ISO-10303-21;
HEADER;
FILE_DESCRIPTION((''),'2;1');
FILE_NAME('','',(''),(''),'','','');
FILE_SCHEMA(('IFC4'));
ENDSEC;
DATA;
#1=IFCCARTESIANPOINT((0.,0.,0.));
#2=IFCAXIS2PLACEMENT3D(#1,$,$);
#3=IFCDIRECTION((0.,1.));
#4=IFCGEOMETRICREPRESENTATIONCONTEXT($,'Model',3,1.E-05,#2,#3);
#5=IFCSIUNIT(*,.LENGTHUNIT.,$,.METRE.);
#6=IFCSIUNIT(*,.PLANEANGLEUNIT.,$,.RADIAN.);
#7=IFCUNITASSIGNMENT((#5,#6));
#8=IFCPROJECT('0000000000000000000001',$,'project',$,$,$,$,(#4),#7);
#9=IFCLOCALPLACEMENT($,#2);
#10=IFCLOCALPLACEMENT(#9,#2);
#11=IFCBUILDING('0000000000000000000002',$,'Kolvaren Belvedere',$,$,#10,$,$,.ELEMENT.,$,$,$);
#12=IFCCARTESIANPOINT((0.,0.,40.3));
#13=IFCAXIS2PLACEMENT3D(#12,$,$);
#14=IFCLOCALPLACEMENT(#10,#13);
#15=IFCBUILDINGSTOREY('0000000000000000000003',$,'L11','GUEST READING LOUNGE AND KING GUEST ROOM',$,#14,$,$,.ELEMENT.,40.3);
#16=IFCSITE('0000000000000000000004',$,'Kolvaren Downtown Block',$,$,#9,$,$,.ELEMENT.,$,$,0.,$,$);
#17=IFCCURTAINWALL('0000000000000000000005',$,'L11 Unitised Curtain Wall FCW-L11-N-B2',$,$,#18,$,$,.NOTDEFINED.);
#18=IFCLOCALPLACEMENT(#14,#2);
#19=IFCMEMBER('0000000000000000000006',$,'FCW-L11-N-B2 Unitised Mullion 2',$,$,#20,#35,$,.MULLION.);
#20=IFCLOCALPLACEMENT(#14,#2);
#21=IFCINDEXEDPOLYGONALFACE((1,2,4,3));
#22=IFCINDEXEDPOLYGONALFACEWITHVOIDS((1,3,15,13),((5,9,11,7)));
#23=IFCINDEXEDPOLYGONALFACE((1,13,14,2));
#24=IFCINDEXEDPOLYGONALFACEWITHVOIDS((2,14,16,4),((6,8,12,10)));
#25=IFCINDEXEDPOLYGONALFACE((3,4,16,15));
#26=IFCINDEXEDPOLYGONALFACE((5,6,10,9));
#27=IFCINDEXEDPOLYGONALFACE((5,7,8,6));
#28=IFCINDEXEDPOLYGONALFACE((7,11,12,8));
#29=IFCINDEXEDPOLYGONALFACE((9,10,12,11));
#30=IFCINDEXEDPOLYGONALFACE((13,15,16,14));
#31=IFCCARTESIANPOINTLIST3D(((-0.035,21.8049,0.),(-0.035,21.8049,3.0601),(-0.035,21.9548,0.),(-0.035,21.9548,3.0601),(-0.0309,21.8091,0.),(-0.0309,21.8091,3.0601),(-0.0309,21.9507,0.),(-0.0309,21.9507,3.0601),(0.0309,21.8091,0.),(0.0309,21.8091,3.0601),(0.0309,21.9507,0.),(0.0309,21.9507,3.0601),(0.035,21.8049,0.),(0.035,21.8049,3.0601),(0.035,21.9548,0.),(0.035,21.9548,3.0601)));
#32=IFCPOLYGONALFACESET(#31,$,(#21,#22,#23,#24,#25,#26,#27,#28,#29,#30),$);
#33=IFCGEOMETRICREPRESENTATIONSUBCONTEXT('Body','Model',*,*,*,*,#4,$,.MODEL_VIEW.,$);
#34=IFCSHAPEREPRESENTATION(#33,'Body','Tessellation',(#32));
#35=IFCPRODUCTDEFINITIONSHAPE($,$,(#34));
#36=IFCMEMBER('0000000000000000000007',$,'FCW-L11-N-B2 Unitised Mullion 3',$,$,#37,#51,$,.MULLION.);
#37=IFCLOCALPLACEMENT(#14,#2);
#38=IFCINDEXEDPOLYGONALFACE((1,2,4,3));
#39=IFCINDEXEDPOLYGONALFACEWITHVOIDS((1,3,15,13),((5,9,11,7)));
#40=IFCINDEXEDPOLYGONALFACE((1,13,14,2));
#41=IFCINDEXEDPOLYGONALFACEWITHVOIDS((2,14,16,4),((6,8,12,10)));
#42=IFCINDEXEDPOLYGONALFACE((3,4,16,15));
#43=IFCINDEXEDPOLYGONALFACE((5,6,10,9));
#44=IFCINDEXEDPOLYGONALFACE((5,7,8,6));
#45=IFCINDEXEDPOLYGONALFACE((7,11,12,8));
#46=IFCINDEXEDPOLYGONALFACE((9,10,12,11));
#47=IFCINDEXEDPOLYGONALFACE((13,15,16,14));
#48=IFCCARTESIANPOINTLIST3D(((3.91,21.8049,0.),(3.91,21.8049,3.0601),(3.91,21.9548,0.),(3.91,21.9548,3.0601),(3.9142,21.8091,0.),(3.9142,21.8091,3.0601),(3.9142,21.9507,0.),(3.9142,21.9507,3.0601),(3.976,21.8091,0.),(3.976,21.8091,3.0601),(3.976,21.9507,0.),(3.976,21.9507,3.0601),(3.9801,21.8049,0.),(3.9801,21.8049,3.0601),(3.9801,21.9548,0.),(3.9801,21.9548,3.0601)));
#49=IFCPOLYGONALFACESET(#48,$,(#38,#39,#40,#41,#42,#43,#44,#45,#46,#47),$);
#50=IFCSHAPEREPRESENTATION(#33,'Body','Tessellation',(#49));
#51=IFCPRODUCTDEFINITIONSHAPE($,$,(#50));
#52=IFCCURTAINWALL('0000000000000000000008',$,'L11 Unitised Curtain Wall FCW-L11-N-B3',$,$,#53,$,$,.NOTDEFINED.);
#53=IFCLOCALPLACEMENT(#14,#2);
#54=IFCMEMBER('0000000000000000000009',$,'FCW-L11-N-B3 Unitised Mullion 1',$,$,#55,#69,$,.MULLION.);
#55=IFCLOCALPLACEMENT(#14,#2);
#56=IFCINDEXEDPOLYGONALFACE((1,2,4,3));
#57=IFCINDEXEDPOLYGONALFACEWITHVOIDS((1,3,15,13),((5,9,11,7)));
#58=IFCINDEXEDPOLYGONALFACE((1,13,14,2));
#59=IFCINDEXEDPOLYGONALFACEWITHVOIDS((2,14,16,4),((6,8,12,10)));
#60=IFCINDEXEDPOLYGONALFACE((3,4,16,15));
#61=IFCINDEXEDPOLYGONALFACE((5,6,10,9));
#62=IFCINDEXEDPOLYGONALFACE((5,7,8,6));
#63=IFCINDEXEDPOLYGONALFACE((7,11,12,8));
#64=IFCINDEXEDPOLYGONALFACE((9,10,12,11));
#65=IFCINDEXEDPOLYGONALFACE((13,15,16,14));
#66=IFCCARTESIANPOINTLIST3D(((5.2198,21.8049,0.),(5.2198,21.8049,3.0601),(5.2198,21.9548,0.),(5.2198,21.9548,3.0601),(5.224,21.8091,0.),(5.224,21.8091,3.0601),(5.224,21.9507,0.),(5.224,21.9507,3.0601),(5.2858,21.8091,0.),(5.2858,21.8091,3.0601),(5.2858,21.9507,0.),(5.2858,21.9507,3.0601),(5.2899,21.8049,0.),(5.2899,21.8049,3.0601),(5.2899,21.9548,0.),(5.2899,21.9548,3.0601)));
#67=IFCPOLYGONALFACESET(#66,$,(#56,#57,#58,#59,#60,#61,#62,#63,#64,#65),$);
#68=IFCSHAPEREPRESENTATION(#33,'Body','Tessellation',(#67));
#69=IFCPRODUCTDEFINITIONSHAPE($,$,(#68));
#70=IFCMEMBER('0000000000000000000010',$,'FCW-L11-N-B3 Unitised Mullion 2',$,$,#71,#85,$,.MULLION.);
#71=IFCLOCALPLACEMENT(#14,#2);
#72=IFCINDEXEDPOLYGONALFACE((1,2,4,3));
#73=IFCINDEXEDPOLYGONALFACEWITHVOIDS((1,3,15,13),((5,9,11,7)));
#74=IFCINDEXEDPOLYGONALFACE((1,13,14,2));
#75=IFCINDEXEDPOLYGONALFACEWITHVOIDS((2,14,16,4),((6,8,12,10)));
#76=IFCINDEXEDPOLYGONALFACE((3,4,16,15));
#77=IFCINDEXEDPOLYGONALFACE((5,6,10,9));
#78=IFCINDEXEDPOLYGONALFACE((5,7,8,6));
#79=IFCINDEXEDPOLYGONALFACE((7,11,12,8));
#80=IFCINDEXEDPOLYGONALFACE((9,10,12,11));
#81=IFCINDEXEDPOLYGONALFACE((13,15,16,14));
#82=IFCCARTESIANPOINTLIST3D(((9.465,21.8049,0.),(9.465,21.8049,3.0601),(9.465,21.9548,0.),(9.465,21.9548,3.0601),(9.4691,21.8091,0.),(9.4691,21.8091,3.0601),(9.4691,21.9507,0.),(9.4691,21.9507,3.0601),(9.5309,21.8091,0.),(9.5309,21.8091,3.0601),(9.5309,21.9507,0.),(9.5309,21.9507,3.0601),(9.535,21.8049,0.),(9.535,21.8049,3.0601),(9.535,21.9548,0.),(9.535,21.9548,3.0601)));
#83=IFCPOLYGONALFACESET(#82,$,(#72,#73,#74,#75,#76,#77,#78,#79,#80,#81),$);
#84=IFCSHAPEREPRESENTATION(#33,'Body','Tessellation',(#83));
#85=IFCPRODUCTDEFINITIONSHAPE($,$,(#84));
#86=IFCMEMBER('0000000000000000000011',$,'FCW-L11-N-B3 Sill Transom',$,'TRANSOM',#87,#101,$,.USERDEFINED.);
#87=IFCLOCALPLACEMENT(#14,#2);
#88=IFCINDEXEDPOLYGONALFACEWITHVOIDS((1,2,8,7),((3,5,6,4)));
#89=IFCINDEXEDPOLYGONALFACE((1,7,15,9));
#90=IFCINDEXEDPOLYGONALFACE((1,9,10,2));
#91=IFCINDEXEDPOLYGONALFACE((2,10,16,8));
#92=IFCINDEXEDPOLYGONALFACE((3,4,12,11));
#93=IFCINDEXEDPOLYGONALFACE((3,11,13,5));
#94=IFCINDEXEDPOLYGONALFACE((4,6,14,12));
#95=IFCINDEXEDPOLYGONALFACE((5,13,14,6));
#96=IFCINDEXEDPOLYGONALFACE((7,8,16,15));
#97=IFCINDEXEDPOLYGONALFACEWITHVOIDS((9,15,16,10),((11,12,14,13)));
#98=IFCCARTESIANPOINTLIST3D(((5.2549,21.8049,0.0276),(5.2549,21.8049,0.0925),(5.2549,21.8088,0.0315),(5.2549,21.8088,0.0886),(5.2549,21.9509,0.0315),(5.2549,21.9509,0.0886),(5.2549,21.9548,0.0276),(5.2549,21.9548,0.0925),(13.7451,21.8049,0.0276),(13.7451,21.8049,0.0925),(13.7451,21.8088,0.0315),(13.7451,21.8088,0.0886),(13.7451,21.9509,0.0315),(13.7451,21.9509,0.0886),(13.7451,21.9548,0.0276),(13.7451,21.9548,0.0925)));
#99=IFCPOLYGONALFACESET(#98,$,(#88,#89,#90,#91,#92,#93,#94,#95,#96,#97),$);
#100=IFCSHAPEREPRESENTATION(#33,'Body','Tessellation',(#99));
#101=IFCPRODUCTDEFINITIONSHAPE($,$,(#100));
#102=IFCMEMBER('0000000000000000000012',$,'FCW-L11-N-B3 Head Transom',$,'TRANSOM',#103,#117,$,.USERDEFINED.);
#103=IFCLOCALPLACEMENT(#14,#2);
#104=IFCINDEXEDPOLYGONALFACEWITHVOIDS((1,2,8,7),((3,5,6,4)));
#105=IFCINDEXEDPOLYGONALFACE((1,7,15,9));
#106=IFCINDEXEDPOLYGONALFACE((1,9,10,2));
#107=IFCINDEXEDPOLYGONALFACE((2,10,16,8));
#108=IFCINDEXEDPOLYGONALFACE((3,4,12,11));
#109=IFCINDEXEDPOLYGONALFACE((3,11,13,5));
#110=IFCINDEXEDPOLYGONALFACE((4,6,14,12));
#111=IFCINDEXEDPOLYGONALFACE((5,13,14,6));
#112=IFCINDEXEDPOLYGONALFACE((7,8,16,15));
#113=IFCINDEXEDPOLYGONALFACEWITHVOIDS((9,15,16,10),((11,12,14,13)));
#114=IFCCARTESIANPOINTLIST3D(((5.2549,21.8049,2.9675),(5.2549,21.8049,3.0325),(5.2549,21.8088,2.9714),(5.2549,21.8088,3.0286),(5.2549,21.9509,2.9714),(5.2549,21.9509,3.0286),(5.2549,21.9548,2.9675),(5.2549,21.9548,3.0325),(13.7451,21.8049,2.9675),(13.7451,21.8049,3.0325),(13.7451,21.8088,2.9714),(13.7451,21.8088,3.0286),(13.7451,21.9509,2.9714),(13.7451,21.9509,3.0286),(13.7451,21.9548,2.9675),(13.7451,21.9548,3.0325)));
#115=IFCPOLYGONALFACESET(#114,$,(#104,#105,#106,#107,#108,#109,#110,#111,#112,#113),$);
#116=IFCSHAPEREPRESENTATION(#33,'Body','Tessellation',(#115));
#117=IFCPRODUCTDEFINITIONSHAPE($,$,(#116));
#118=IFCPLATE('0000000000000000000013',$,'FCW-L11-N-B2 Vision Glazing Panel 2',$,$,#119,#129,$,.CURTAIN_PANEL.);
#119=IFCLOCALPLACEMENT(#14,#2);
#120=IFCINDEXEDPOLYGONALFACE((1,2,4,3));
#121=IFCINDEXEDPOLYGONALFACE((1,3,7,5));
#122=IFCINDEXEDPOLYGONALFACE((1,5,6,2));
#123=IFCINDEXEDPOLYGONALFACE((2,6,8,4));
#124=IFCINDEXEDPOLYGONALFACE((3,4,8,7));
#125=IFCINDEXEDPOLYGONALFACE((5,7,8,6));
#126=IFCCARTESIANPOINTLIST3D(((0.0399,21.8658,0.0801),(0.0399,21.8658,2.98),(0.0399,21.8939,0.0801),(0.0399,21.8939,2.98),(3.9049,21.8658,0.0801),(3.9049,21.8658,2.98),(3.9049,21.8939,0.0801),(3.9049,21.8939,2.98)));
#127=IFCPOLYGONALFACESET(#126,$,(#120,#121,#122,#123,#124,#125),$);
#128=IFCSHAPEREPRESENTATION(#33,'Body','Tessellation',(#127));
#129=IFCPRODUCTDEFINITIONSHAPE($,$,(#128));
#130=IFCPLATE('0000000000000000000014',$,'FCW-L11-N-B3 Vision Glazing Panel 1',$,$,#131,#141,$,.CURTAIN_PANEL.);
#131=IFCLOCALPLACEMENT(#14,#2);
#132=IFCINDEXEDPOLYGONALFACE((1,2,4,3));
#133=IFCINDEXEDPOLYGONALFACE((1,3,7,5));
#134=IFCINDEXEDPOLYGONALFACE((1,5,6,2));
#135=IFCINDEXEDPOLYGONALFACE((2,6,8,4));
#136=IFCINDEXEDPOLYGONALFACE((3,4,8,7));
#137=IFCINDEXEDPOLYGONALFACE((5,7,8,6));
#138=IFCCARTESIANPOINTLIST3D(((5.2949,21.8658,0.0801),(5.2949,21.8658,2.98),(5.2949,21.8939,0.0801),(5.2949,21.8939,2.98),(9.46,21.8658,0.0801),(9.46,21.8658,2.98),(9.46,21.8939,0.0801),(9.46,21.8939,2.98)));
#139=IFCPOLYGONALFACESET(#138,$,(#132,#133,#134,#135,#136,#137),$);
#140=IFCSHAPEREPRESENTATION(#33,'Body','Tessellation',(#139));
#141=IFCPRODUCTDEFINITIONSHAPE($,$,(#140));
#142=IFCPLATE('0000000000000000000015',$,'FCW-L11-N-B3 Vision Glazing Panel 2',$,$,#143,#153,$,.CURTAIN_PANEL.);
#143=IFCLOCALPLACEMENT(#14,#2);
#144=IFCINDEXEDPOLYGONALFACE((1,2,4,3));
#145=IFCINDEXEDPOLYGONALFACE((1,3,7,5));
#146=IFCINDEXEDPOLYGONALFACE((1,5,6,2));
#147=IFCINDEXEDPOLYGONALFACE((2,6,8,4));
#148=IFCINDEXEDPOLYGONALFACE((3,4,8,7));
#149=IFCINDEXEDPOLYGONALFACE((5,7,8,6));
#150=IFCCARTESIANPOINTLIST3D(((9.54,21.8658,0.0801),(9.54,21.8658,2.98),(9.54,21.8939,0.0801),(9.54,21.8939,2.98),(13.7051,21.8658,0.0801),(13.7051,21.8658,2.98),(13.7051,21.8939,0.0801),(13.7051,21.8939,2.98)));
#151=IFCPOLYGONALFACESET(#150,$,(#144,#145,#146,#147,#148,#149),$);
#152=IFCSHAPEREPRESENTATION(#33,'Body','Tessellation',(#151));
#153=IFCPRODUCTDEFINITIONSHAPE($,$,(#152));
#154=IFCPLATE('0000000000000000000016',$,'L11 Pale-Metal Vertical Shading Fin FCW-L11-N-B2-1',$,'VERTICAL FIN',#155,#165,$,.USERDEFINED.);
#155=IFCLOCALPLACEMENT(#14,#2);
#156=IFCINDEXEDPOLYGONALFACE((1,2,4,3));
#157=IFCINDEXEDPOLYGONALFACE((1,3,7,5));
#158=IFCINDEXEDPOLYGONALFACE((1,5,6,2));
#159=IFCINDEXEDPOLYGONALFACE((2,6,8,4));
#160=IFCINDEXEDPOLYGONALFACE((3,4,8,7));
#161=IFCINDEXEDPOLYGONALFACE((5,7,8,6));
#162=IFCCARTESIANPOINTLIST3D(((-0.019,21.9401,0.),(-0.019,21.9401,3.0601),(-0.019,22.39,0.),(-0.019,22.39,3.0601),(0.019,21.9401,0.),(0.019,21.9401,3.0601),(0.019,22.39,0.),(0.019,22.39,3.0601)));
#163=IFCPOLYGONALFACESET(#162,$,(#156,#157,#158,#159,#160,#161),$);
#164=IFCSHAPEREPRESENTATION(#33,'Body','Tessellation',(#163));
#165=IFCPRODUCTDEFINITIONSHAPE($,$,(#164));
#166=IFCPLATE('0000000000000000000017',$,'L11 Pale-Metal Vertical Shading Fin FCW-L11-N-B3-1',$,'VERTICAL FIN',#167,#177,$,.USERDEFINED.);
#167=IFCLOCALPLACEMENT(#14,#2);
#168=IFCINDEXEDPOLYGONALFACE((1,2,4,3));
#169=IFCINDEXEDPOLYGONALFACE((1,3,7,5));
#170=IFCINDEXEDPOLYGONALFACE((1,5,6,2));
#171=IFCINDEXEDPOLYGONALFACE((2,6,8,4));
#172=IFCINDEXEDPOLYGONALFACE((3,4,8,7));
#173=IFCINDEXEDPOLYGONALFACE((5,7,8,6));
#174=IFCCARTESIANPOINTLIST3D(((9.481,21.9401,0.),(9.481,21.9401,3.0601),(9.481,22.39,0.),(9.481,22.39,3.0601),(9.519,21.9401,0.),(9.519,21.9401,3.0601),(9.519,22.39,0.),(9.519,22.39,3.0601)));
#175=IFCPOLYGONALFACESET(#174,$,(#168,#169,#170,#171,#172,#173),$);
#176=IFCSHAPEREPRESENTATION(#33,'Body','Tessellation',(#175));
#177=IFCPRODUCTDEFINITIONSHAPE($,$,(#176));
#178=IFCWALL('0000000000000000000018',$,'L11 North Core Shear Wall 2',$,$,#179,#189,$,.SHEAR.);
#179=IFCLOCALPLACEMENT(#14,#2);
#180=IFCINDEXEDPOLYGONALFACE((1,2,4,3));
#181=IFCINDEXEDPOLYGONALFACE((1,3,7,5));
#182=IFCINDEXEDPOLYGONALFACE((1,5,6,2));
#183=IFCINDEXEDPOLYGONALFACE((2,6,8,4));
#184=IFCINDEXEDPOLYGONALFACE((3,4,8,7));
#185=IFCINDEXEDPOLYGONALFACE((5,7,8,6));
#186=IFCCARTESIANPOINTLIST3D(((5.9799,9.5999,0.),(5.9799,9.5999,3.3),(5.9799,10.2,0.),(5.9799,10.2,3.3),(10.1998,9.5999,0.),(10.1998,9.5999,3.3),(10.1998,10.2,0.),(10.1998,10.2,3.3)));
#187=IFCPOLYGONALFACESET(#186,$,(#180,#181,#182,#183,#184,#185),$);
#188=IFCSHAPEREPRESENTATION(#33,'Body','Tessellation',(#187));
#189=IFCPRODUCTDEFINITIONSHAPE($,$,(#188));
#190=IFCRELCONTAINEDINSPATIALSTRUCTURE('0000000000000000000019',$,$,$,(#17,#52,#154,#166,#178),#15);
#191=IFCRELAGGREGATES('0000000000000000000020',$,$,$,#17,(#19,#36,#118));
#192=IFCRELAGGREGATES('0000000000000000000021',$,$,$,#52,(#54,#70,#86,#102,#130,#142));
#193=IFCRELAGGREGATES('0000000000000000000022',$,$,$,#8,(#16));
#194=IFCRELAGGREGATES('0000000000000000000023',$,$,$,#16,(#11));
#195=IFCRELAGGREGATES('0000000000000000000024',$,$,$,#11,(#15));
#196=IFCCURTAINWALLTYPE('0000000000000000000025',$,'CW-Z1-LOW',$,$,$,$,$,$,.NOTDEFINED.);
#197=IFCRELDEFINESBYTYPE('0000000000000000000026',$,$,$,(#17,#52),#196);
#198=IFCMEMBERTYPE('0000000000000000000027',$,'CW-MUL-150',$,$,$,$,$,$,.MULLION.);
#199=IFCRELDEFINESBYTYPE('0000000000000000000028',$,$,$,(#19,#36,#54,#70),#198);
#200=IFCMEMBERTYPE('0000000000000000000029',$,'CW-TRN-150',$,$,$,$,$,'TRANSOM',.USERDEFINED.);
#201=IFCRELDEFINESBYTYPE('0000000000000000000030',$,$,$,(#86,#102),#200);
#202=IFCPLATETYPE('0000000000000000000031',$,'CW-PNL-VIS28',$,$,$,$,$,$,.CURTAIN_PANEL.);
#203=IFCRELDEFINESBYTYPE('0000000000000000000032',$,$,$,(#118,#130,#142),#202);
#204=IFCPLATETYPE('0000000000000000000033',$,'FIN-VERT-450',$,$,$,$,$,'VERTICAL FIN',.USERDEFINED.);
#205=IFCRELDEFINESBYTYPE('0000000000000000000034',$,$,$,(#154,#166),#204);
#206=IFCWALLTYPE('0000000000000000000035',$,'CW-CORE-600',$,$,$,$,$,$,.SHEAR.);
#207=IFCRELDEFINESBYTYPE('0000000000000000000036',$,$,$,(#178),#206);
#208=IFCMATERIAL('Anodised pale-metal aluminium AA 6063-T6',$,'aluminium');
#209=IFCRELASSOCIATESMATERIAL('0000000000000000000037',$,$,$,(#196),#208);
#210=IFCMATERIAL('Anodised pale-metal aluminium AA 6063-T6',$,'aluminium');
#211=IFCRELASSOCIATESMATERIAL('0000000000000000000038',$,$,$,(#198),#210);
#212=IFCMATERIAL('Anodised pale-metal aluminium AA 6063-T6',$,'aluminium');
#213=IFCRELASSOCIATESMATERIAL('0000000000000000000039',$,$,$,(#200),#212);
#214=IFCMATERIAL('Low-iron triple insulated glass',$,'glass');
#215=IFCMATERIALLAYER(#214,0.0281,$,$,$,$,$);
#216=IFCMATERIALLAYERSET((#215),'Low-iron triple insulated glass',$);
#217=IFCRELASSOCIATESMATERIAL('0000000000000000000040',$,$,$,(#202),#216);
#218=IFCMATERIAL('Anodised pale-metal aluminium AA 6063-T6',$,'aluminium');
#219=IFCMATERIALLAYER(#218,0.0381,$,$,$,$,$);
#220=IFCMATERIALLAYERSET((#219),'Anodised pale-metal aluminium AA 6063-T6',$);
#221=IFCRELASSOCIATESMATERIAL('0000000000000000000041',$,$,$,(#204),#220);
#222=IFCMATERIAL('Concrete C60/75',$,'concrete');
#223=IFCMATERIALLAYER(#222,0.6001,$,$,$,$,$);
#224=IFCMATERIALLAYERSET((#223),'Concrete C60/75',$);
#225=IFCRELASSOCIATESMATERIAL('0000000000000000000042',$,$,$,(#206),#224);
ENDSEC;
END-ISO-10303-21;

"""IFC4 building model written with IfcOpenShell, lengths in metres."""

from ifc_helpers import new_model, si_unit, direction, frame, frame_2d, origin, origin_2d, place, context, subcontext, project, spatial, rectangle, hollow_rectangle, extrude, material, layer, layer_set, material_profile, profile_set, type_object, element, aggregate, save


model = new_model("IFC4")

# Units and contexts
model_context = context("Model", 3, precision=1e-05, world=origin(), true_north=direction((0.0, 1.0)))
body_context = subcontext(model_context, "Body", "Model", "MODEL_VIEW")
ifc_project = project(units=[si_unit("LENGTHUNIT", "METRE"), si_unit("PLANEANGLEUNIT", "RADIAN")], contexts=[model_context])

# Site, building, storey
site_placement = place(None, origin())
site = spatial("IfcSite", under=ifc_project, at=site_placement, Name="Kolvaren Downtown Block", CompositionType="ELEMENT", RefElevation=0.0)
building_placement = place(site_placement, origin())
building = spatial("IfcBuilding", under=site, at=building_placement, Name="Kolvaren Belvedere", CompositionType="ELEMENT")
storey_placement = place(building_placement, frame((0.0, 0.0, 40.3)))
storey = spatial("IfcBuildingStorey", under=building, at=storey_placement, Name="L11", Description="GUEST READING LOUNGE AND KING GUEST ROOM", CompositionType="ELEMENT", Elevation=40.3)

# Curtain walls, members
ifc_material_1 = material(Name="Anodised pale-metal aluminium AA 6063-T6", Category="aluminium")
curtain_wall_type = type_object("IfcCurtainWallType", Name="CW-Z1-LOW", PredefinedType="NOTDEFINED", material=ifc_material_1)
curtain_wall_1_placement = place(storey_placement, origin())
curtain_wall_1 = element("IfcCurtainWall", 1, at=curtain_wall_1_placement, inside=storey, type_object=curtain_wall_type, Name="L11 Unitised Curtain Wall FCW-L11-N-B2", PredefinedType="NOTDEFINED")
ifc_material_2 = material(Name="Anodised pale-metal aluminium AA 6063-T6", Category="aluminium")
ifc_material_profile_1 = material_profile(ifc_material_2, hollow_rectangle(XDim=0.0701, YDim=0.1499, WallThickness=0.0042, at=origin_2d()), Name="ALU-MUL-150X70")
ifc_profile_set_1 = profile_set([ifc_material_profile_1], Name="Anodised pale-metal aluminium AA 6063-T6")
member_type_1 = type_object("IfcMemberType", Name="CW-MUL-150", PredefinedType="MULLION", material=ifc_profile_set_1)
member_1_placement = place(storey_placement, frame((0.0, 21.8799, 0.0), z_axis=(0.0, 0.0, 1.0), x_axis=(1.0, 0.0, 0.0)))
member_1 = element("IfcMember", 2, at=member_1_placement, type_object=member_type_1, Name="FCW-L11-N-B2 Unitised Mullion 2", PredefinedType="MULLION", context=body_context, shape_type="SweptSolid", body=[
    extrude(hollow_rectangle(XDim=0.0701, YDim=0.1499, WallThickness=0.0042, at=origin_2d()), origin(), (0.0, 0.0, 1.0), 3.0601),
])
member_2_placement = place(storey_placement, frame((3.9451, 21.8799, 0.0), z_axis=(0.0, 0.0, 1.0), x_axis=(1.0, 0.0, 0.0)))
member_2 = element("IfcMember", 3, at=member_2_placement, type_object=member_type_1, Name="FCW-L11-N-B2 Unitised Mullion 3", PredefinedType="MULLION", context=body_context, shape_type="SweptSolid", body=[
    extrude(hollow_rectangle(XDim=0.0701, YDim=0.1499, WallThickness=0.0042, at=origin_2d()), origin(), (0.0, 0.0, 1.0), 3.0601),
])
curtain_wall_2_placement = place(storey_placement, origin())
curtain_wall_2 = element("IfcCurtainWall", 4, at=curtain_wall_2_placement, inside=storey, type_object=curtain_wall_type, Name="L11 Unitised Curtain Wall FCW-L11-N-B3", PredefinedType="NOTDEFINED")
member_3_placement = place(storey_placement, frame((5.2549, 21.8799, 0.0), z_axis=(0.0, 0.0, 1.0), x_axis=(1.0, 0.0, 0.0)))
member_3 = element("IfcMember", 5, at=member_3_placement, type_object=member_type_1, Name="FCW-L11-N-B3 Unitised Mullion 1", PredefinedType="MULLION", context=body_context, shape_type="SweptSolid", body=[
    extrude(hollow_rectangle(XDim=0.0701, YDim=0.1499, WallThickness=0.0042, at=origin_2d()), origin(), (0.0, 0.0, 1.0), 3.0601),
])
member_4_placement = place(storey_placement, frame((9.5, 21.8799, 0.0), z_axis=(0.0, 0.0, 1.0), x_axis=(1.0, 0.0, 0.0)))
member_4 = element("IfcMember", 6, at=member_4_placement, type_object=member_type_1, Name="FCW-L11-N-B3 Unitised Mullion 2", PredefinedType="MULLION", context=body_context, shape_type="SweptSolid", body=[
    extrude(hollow_rectangle(XDim=0.0701, YDim=0.1499, WallThickness=0.0042, at=origin_2d()), origin(), (0.0, 0.0, 1.0), 3.0601),
])
ifc_material_3 = material(Name="Anodised pale-metal aluminium AA 6063-T6", Category="aluminium")
ifc_material_profile_2 = material_profile(ifc_material_3, hollow_rectangle(XDim=0.0649, YDim=0.1499, WallThickness=0.0039, at=origin_2d()), Name="ALU-TRN-150X65")
ifc_profile_set_2 = profile_set([ifc_material_profile_2], Name="Anodised pale-metal aluminium AA 6063-T6")
member_type_2 = type_object("IfcMemberType", Name="CW-TRN-150", ElementType="TRANSOM", PredefinedType="USERDEFINED", material=ifc_profile_set_2)
member_5_placement = place(storey_placement, frame((5.2549, 21.8799, 0.0601), z_axis=(1.0, 0.0, 0.0), x_axis=(0.0, 0.0, 1.0)))
member_5 = element("IfcMember", 7, at=member_5_placement, type_object=member_type_2, Name="FCW-L11-N-B3 Sill Transom", ObjectType="TRANSOM", PredefinedType="USERDEFINED", context=body_context, shape_type="SweptSolid", body=[
    extrude(hollow_rectangle(XDim=0.0649, YDim=0.1499, WallThickness=0.0039, at=origin_2d()), origin(), (0.0, 0.0, 1.0), 8.4902),
])
member_6_placement = place(storey_placement, frame((5.2549, 21.8799, 3.0), z_axis=(1.0, 0.0, 0.0), x_axis=(0.0, 0.0, 1.0)))
member_6 = element("IfcMember", 8, at=member_6_placement, type_object=member_type_2, Name="FCW-L11-N-B3 Head Transom", ObjectType="TRANSOM", PredefinedType="USERDEFINED", context=body_context, shape_type="SweptSolid", body=[
    extrude(hollow_rectangle(XDim=0.0649, YDim=0.1499, WallThickness=0.0039, at=origin_2d()), origin(), (0.0, 0.0, 1.0), 8.4902),
])

# Plates
ifc_material_4 = material(Name="Low-iron triple insulated glass", Category="glass")
ifc_layer_1 = layer(ifc_material_4, 0.0281)
ifc_layer_set_1 = layer_set([ifc_layer_1], Name="Low-iron triple insulated glass")
plate_type_1 = type_object("IfcPlateType", Name="CW-PNL-VIS28", PredefinedType="CURTAIN_PANEL", material=ifc_layer_set_1)
plate_1_placement = place(storey_placement, frame((1.9724, 21.8799, 0.0801), z_axis=(0.0, 0.0, 1.0), x_axis=(1.0, 0.0, 0.0)))
plate_1 = element("IfcPlate", 9, at=plate_1_placement, type_object=plate_type_1, Name="FCW-L11-N-B2 Vision Glazing Panel 2", PredefinedType="CURTAIN_PANEL", context=body_context, shape_type="SweptSolid", body=[
    extrude(rectangle(XDim=3.865, YDim=0.0281, at=origin_2d()), origin(), (0.0, 0.0, 1.0), 2.8999),
])
aggregate(curtain_wall_1, [member_1, member_2, plate_1])
plate_2_placement = place(storey_placement, frame((7.3774, 21.8799, 0.0801), z_axis=(0.0, 0.0, 1.0), x_axis=(1.0, 0.0, 0.0)))
plate_2 = element("IfcPlate", 10, at=plate_2_placement, type_object=plate_type_1, Name="FCW-L11-N-B3 Vision Glazing Panel 1", PredefinedType="CURTAIN_PANEL", context=body_context, shape_type="SweptSolid", body=[
    extrude(rectangle(XDim=4.165, YDim=0.0281, at=origin_2d()), origin(), (0.0, 0.0, 1.0), 2.8999),
])
plate_3_placement = place(storey_placement, frame((11.6226, 21.8799, 0.0801), z_axis=(0.0, 0.0, 1.0), x_axis=(1.0, 0.0, 0.0)))
plate_3 = element("IfcPlate", 11, at=plate_3_placement, type_object=plate_type_1, Name="FCW-L11-N-B3 Vision Glazing Panel 2", PredefinedType="CURTAIN_PANEL", context=body_context, shape_type="SweptSolid", body=[
    extrude(rectangle(XDim=4.165, YDim=0.0281, at=origin_2d()), origin(), (0.0, 0.0, 1.0), 2.8999),
])
aggregate(curtain_wall_2, [member_3, member_4, member_5, member_6, plate_2, plate_3])

# Plates
ifc_material_5 = material(Name="Anodised pale-metal aluminium AA 6063-T6", Category="aluminium")
ifc_layer_2 = layer(ifc_material_5, 0.0381)
ifc_layer_set_2 = layer_set([ifc_layer_2], Name="Anodised pale-metal aluminium AA 6063-T6")
plate_type_2 = type_object("IfcPlateType", Name="FIN-VERT-450", ElementType="VERTICAL FIN", PredefinedType="USERDEFINED", material=ifc_layer_set_2)
for number, where, z_axis, x_axis, name in (
    (12, (0.0, 22.165, 0.0), (0.0, 0.0, 1.0), (0.0, 1.0, 0.0), "L11 Pale-Metal Vertical Shading Fin FCW-L11-N-B2-1"),
    (13, (9.5, 22.165, 0.0), (0.0, 0.0, 1.0), (0.0, 1.0, 0.0), "L11 Pale-Metal Vertical Shading Fin FCW-L11-N-B3-1"),
):
    element("IfcPlate", number, at=place(storey_placement, frame(where, z_axis=z_axis, x_axis=x_axis)), inside=storey, type_object=plate_type_2, Name=name, ObjectType="VERTICAL FIN", PredefinedType="USERDEFINED", context=body_context, shape_type="SweptSolid", body=[
        extrude(rectangle(XDim=0.45, YDim=0.0381, at=origin_2d()), origin(), (0.0, 0.0, 1.0), 3.0601),
    ])

# Wall
ifc_material_6 = material(Name="Concrete C60/75", Category="concrete")
ifc_layer_3 = layer(ifc_material_6, 0.6001)
ifc_layer_set_3 = layer_set([ifc_layer_3], Name="Concrete C60/75")
wall_type_1 = type_object("IfcWallType", Name="CW-CORE-600", PredefinedType="SHEAR", material=ifc_layer_set_3)
wall_1_placement = place(storey_placement, frame((5.98, 9.8999, 0.0), z_axis=(0.0, 0.0, 1.0), x_axis=(1.0, 0.0, 0.0)))
element("IfcWall", 14, at=wall_1_placement, inside=storey, type_object=wall_type_1, Name="L11 North Core Shear Wall 2", PredefinedType="SHEAR", context=body_context, shape_type="SweptSolid", body=[
    extrude(rectangle(XDim=4.22, YDim=0.6001, at=frame_2d((2.1099, 0.0))), origin(), (0.0, 0.0, 1.0), 3.3),
])

save(model, "model.ifc")
